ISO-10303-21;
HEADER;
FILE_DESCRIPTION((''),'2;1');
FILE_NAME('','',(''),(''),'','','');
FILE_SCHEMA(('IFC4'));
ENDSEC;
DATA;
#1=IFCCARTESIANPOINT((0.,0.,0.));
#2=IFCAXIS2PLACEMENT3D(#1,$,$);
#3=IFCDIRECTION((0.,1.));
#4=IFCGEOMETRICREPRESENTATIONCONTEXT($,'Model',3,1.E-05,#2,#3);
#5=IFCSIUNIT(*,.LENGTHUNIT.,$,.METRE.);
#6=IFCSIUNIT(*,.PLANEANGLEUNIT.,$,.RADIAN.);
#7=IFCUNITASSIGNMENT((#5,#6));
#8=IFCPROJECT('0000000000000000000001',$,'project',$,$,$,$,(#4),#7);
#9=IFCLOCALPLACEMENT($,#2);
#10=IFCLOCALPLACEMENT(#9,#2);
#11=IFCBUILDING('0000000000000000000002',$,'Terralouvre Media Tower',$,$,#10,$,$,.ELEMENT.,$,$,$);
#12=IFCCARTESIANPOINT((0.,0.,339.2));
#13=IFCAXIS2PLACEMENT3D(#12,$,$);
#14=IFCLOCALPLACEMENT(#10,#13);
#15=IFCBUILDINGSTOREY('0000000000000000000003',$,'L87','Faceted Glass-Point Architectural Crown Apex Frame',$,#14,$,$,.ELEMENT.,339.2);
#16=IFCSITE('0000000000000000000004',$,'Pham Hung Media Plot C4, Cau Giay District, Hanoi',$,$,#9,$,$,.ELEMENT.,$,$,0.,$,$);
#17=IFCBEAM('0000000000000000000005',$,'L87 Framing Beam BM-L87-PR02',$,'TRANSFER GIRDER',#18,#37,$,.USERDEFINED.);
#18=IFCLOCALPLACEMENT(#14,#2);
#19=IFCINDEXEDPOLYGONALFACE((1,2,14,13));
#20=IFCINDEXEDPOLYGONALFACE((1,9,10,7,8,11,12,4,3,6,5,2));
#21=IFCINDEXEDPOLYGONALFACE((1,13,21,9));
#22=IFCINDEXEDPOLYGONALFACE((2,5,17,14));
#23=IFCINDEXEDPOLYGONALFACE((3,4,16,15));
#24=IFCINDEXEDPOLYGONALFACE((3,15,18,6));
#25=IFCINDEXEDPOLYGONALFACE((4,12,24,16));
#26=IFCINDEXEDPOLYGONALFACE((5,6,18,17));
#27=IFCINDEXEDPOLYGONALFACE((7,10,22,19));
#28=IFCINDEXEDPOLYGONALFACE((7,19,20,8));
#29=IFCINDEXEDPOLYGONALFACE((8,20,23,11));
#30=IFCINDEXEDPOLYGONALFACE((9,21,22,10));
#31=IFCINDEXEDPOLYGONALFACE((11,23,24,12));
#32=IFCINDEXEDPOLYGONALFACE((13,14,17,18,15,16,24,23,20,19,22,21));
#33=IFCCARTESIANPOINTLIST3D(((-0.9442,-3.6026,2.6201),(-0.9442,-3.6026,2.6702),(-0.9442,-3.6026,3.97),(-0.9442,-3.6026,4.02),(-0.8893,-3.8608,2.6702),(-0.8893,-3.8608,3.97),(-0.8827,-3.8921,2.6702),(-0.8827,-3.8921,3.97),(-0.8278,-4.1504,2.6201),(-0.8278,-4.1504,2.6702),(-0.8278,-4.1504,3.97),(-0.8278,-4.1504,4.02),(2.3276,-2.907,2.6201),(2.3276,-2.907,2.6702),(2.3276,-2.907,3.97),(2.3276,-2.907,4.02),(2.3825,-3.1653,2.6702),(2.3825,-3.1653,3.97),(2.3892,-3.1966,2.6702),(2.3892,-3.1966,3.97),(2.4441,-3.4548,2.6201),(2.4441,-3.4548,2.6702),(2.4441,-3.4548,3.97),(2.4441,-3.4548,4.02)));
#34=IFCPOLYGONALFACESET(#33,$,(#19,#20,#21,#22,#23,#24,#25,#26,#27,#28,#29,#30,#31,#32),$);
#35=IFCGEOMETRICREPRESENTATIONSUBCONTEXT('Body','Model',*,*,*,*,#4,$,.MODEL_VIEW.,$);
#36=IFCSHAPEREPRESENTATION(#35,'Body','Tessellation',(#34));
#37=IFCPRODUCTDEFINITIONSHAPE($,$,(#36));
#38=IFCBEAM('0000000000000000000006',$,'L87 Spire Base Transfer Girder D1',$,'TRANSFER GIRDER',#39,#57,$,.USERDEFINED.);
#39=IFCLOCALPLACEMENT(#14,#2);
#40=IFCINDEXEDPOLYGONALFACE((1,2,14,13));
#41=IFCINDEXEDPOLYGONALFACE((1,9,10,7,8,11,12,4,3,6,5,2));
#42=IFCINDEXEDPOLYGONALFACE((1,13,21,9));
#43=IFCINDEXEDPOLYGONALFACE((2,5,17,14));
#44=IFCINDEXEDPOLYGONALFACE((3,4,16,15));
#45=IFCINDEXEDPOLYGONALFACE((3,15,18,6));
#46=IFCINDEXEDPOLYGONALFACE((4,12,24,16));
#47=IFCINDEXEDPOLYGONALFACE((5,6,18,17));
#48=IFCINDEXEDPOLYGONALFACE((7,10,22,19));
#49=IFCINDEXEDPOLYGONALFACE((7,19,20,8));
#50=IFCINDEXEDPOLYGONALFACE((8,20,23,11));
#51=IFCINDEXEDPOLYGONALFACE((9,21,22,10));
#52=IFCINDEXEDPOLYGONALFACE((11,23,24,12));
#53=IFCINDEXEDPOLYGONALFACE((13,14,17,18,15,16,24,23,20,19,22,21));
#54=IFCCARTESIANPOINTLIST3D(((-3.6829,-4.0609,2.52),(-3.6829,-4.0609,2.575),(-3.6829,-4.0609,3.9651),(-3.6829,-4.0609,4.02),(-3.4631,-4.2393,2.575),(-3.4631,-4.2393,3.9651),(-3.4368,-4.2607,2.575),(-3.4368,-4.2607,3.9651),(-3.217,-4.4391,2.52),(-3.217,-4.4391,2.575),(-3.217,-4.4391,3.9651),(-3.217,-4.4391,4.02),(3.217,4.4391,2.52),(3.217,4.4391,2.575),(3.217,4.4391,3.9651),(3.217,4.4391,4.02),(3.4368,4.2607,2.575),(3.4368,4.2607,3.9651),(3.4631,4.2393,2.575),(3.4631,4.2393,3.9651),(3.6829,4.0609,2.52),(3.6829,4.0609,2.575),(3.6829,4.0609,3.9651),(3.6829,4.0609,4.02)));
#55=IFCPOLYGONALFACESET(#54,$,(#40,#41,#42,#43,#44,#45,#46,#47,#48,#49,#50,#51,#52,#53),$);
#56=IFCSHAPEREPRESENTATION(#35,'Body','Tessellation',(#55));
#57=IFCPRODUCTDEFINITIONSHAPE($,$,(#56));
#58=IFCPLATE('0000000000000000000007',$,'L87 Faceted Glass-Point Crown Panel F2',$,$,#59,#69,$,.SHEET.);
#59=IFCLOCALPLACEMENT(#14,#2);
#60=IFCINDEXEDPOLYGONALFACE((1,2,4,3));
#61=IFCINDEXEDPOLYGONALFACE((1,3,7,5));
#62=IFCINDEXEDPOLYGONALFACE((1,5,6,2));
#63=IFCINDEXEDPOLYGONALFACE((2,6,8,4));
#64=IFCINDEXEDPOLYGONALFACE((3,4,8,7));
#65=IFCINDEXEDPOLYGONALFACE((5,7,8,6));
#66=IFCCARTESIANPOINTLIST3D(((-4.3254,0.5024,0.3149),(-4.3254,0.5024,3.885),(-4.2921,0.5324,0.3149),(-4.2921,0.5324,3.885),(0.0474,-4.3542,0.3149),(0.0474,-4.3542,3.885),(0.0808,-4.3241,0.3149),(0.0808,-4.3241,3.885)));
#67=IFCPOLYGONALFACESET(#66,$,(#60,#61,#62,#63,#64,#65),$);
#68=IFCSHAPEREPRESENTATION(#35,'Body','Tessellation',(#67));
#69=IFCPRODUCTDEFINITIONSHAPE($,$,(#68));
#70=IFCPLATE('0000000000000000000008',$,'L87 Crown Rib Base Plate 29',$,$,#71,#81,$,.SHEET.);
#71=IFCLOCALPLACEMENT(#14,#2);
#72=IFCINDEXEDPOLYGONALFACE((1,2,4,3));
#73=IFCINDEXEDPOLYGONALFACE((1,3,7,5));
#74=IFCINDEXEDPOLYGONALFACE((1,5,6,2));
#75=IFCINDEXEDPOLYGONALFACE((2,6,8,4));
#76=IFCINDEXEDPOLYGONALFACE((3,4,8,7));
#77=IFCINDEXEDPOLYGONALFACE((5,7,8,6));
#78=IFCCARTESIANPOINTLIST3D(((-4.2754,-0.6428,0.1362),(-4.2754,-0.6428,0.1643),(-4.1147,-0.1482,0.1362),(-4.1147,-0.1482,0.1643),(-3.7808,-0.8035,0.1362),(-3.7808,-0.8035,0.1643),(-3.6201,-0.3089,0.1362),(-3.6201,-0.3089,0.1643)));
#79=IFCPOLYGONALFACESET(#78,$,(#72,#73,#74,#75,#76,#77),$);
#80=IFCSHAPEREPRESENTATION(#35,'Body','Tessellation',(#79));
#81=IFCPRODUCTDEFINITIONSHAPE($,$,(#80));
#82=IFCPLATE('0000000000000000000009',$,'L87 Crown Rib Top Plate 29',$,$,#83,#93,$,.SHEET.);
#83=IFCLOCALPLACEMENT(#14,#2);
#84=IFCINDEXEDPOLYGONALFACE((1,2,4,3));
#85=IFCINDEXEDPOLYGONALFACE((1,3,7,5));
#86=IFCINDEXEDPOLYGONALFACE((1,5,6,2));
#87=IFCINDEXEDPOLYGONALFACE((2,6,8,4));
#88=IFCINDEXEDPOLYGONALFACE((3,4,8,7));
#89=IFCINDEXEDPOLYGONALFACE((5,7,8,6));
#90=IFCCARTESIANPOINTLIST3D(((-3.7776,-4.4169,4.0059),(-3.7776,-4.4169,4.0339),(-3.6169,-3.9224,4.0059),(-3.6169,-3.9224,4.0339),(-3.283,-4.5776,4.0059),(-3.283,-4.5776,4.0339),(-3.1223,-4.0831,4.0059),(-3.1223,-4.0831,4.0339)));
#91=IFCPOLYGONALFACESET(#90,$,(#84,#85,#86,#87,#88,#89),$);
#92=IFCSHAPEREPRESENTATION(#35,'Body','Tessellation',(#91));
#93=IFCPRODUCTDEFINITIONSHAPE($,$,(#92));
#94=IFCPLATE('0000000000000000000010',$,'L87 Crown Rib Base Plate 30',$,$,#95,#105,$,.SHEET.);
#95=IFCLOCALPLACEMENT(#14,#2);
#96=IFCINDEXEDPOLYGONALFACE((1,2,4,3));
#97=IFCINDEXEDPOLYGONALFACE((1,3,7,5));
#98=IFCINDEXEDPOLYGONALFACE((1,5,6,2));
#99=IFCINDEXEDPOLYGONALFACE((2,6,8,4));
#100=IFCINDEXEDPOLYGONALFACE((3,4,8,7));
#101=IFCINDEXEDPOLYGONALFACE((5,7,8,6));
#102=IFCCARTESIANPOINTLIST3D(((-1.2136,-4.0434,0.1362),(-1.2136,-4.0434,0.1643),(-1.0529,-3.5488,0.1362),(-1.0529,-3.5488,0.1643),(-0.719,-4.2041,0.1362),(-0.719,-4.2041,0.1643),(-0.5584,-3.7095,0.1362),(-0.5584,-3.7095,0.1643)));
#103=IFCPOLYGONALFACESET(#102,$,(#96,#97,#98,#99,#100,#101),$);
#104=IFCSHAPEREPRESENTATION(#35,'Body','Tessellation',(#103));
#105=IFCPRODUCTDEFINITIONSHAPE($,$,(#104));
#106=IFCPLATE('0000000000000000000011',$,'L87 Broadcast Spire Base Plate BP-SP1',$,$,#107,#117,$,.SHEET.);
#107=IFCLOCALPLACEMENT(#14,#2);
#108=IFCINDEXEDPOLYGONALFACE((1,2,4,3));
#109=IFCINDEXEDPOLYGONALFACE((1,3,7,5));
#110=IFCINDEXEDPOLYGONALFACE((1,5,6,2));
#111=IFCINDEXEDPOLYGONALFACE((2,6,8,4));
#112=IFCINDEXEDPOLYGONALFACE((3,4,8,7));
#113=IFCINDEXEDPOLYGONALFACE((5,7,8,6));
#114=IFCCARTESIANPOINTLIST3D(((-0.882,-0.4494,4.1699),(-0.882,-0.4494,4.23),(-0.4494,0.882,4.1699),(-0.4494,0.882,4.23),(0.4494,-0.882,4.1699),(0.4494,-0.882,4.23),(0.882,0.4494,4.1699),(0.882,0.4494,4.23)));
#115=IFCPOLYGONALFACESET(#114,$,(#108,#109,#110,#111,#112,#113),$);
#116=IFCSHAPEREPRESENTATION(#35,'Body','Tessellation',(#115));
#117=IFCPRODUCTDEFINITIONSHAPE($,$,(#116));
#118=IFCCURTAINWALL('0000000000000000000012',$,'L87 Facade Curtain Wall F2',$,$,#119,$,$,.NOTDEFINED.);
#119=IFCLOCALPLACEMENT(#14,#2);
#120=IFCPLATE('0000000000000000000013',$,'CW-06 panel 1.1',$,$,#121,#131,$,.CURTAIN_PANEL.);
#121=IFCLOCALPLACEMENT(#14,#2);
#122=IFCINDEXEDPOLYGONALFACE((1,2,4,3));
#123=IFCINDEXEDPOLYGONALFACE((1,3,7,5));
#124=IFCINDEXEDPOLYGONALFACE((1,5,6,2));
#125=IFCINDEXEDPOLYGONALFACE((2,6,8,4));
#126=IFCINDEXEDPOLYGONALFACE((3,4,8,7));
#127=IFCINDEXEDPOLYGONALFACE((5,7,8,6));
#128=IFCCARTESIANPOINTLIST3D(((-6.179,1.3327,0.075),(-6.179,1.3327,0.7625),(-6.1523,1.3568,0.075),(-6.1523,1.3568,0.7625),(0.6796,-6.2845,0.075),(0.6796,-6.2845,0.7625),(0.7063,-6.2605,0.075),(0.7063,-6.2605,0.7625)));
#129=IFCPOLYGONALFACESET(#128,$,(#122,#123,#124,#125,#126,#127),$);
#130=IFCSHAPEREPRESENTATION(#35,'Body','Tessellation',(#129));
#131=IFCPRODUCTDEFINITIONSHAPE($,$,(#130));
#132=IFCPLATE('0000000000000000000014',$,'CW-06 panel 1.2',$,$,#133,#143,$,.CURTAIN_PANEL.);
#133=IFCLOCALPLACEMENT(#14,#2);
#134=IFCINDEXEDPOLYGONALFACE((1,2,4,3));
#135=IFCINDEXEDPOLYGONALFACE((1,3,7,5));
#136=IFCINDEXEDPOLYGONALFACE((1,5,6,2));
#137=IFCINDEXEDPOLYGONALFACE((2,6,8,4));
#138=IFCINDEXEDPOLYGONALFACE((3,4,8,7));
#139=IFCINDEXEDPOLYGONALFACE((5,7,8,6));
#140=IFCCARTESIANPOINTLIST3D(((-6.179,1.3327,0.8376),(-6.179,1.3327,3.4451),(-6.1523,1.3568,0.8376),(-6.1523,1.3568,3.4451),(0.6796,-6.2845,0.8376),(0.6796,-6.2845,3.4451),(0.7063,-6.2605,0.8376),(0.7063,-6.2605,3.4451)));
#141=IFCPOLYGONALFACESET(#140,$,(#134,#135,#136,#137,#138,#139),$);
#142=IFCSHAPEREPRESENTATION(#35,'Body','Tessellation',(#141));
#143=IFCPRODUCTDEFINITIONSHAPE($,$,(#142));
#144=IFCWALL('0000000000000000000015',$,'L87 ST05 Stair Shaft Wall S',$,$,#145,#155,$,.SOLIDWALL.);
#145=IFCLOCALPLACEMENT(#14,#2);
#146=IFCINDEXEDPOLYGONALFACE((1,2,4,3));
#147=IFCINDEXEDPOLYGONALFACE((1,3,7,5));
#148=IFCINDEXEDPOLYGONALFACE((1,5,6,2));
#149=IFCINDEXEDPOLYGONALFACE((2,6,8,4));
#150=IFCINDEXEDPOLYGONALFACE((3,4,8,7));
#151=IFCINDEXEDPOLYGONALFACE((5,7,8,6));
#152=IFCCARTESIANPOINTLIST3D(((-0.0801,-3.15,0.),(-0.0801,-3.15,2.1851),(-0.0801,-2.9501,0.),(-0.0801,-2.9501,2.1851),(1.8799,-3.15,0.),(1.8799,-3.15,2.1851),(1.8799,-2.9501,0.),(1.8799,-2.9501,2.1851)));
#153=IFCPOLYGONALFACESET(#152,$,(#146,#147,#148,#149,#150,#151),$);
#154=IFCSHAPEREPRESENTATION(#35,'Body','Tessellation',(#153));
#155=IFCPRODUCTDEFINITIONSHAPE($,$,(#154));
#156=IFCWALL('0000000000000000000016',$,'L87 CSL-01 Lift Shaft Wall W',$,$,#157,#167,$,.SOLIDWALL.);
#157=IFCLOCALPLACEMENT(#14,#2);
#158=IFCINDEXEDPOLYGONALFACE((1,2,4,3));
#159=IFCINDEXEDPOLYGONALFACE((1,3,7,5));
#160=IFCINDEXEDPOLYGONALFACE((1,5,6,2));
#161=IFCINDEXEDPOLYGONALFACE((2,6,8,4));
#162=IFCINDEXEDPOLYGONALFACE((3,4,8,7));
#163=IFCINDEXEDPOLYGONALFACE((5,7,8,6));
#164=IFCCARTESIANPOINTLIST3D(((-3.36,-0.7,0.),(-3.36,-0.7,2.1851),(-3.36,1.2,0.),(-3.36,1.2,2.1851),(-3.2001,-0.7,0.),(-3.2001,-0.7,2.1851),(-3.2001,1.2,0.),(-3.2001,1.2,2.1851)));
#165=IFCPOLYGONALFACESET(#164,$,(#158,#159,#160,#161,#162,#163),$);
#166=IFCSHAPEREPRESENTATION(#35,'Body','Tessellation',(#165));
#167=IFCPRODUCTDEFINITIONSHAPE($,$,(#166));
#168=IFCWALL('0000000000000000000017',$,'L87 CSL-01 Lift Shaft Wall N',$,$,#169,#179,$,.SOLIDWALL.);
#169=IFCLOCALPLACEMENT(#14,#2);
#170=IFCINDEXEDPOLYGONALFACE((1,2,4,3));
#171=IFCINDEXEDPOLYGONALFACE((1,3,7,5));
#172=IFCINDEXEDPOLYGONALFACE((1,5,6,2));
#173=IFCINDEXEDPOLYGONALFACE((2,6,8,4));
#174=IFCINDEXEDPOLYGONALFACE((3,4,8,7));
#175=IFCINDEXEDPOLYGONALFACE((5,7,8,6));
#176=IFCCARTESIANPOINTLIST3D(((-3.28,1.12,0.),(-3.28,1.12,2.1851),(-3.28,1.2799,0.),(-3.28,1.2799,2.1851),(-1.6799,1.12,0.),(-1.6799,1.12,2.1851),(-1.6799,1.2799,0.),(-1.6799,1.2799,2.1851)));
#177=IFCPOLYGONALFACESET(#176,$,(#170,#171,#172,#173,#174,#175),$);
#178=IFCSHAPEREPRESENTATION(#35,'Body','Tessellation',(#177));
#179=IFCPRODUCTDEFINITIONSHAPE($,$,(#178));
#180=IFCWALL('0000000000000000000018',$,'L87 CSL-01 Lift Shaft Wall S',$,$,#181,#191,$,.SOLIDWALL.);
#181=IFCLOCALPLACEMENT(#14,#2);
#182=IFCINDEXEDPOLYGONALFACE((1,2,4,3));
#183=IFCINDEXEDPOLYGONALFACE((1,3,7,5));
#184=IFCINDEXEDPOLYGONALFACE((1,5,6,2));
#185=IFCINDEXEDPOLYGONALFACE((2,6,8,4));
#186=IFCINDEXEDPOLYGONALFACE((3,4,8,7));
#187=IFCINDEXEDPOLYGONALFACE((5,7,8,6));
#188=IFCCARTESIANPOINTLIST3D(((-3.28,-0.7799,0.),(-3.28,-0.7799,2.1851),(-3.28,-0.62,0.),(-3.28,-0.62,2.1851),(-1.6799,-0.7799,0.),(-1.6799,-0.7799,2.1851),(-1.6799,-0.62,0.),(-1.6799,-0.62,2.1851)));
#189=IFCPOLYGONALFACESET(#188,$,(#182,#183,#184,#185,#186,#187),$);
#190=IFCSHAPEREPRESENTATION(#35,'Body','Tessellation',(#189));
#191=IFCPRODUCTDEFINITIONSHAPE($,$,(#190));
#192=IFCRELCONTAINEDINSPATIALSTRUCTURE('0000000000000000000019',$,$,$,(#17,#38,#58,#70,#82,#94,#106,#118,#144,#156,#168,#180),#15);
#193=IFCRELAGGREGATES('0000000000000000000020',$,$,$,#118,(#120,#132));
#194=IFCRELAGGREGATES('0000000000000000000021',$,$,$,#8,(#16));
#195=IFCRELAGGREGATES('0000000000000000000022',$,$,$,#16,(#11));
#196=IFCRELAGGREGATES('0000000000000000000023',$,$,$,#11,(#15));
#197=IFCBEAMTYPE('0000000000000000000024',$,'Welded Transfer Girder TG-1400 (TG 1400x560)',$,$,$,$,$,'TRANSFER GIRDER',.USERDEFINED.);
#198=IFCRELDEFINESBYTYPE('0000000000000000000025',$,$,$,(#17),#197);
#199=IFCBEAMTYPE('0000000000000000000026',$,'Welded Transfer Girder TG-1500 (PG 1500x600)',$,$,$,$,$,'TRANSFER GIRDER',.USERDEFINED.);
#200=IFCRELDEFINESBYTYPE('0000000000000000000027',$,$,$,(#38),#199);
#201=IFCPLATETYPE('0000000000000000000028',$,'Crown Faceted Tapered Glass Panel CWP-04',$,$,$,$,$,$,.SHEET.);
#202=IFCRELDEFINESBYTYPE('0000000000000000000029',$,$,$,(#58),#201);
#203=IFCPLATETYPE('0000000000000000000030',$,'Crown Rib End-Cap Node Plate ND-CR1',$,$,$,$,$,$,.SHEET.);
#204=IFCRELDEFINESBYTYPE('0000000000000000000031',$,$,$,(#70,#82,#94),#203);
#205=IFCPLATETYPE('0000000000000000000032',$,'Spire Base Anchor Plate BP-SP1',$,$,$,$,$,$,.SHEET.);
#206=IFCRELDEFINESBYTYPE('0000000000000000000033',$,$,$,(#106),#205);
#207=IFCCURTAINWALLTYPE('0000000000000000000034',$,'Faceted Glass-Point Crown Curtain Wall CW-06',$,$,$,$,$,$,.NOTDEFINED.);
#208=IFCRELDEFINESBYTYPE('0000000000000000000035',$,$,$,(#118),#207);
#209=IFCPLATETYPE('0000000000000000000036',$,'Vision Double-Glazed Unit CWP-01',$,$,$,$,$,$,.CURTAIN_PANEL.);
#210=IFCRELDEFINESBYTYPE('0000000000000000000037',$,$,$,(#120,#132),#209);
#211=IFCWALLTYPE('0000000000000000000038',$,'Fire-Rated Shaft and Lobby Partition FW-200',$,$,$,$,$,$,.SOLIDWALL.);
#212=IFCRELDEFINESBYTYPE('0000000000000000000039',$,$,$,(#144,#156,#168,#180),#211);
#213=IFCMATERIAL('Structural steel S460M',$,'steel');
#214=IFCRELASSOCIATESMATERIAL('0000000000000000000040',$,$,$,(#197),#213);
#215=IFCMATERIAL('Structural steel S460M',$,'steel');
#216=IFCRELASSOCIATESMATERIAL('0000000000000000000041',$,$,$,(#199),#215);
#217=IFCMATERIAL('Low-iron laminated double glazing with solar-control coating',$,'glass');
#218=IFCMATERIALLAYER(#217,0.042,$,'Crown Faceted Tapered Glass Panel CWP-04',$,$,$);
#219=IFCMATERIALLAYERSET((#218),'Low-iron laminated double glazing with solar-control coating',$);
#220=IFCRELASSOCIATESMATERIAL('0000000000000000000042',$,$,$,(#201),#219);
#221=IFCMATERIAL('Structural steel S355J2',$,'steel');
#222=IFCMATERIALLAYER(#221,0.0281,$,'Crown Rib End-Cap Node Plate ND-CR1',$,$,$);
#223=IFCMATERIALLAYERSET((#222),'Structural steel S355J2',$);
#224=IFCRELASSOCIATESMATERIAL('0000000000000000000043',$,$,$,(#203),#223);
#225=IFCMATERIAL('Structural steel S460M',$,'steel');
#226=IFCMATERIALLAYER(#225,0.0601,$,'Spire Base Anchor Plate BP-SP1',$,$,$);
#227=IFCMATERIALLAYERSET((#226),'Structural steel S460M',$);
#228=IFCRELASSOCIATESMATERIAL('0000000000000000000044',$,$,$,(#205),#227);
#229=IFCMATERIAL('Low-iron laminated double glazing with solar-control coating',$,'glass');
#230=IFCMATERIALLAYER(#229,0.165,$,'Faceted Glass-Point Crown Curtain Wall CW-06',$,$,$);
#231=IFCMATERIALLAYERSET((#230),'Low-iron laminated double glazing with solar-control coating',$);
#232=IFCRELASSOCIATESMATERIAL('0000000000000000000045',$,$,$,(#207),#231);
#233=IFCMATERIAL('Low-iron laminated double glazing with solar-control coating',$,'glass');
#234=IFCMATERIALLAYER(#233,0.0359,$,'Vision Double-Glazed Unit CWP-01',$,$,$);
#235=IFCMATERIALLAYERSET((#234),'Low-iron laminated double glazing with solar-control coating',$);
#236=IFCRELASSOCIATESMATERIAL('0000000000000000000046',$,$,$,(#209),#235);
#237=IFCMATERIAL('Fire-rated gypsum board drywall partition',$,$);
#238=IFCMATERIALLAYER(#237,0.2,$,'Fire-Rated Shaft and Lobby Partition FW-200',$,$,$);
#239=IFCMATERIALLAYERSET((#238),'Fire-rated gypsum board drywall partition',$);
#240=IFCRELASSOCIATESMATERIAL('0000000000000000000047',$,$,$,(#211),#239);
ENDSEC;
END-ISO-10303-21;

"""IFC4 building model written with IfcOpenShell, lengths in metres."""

from ifc_helpers import new_model, si_unit, direction, frame, frame_2d, origin, origin_2d, place, context, subcontext, project, spatial, rectangle, i_section, extrude, material, layer, layer_set, material_profile, profile_set, type_object, element, aggregate, save


model = new_model("IFC4")

# Units and contexts
model_context = context("Model", 3, precision=1e-05, world=origin(), true_north=direction((0.0, 1.0)))
body_context = subcontext(model_context, "Body", "Model", "MODEL_VIEW")
ifc_project = project(units=[si_unit("LENGTHUNIT", "METRE"), si_unit("PLANEANGLEUNIT", "RADIAN")], contexts=[model_context])

# Site, building, storey
site_placement = place(None, origin())
site = spatial("IfcSite", under=ifc_project, at=site_placement, Name="Pham Hung Media Plot C4, Cau Giay District, Hanoi", CompositionType="ELEMENT", RefElevation=0.0)
building_placement = place(site_placement, origin())
building = spatial("IfcBuilding", under=site, at=building_placement, Name="Terralouvre Media Tower", CompositionType="ELEMENT")
storey_placement = place(building_placement, frame((0.0, 0.0, 339.2)))
storey = spatial("IfcBuildingStorey", under=building, at=storey_placement, Name="L87", Description="Faceted Glass-Point Architectural Crown Apex Frame", CompositionType="ELEMENT", Elevation=339.2)

# Beams
ifc_material_1 = material(Name="Structural steel S460M", Category="steel")
ifc_material_profile_1 = material_profile(ifc_material_1, i_section(OverallWidth=0.5601, OverallDepth=1.3999, WebThickness=0.032, FlangeThickness=0.05, at=origin_2d()), Name="TG 1400x560")
ifc_profile_set_1 = profile_set([ifc_material_profile_1], Name="Structural steel S460M")
beam_type_1 = type_object("IfcBeamType", Name="Welded Transfer Girder TG-1400 (TG 1400x560)", ElementType="TRANSFER GIRDER", PredefinedType="USERDEFINED", material=ifc_profile_set_1)
beam_1_placement = place(storey_placement, frame((-0.886, -3.8765, 3.3201), z_axis=(0.978143, 0.207934, 0.0), x_axis=(-0.207934, 0.978143, 0.0)))
element("IfcBeam", 1, at=beam_1_placement, inside=storey, type_object=beam_type_1, Name="L87 Framing Beam BM-L87-PR02", ObjectType="TRANSFER GIRDER", PredefinedType="USERDEFINED", context=body_context, shape_type="SweptSolid", body=[
    extrude(i_section(OverallWidth=0.5601, OverallDepth=1.3999, WebThickness=0.032, FlangeThickness=0.05, at=origin_2d()), origin(), (0.0, 0.0, 1.0), 3.345),
])
ifc_material_2 = material(Name="Structural steel S460M", Category="steel")
ifc_material_profile_2 = material_profile(ifc_material_2, i_section(OverallWidth=0.6001, OverallDepth=1.5, WebThickness=0.0339, FlangeThickness=0.0549, at=origin_2d()), Name="PG 1500x600")
ifc_profile_set_2 = profile_set([ifc_material_profile_2], Name="Structural steel S460M")
beam_type_2 = type_object("IfcBeamType", Name="Welded Transfer Girder TG-1500 (PG 1500x600)", ElementType="TRANSFER GIRDER", PredefinedType="USERDEFINED", material=ifc_profile_set_2)
beam_2_placement = place(storey_placement, frame((-3.45, -4.25, 3.27), z_axis=(0.630243, 0.776398, 0.0), x_axis=(-0.776398, 0.630243, 0.0)))
element("IfcBeam", 2, at=beam_2_placement, inside=storey, type_object=beam_type_2, Name="L87 Spire Base Transfer Girder D1", ObjectType="TRANSFER GIRDER", PredefinedType="USERDEFINED", context=body_context, shape_type="SweptSolid", body=[
    extrude(i_section(OverallWidth=0.6001, OverallDepth=1.5, WebThickness=0.0339, FlangeThickness=0.0549, at=origin_2d()), origin(), (0.0, 0.0, 1.0), 10.948),
])

# Plate
ifc_material_3 = material(Name="Low-iron laminated double glazing with solar-control coating", Category="glass")
ifc_layer_1 = layer(ifc_material_3, 0.042, Name="Crown Faceted Tapered Glass Panel CWP-04")
ifc_layer_set_1 = layer_set([ifc_layer_1], Name="Low-iron laminated double glazing with solar-control coating")
plate_type_1 = type_object("IfcPlateType", Name="Crown Faceted Tapered Glass Panel CWP-04", PredefinedType="SHEET", material=ifc_layer_set_1)
plate_1_placement = place(storey_placement, frame((-2.1223, -1.9109, 0.3149), z_axis=(0.0, 0.0, 1.0), x_axis=(0.669131, -0.743145, 0.0)))
element("IfcPlate", 3, at=plate_1_placement, inside=storey, type_object=plate_type_1, Name="L87 Faceted Glass-Point Crown Panel F2", PredefinedType="SHEET", context=body_context, shape_type="SweptSolid", body=[
    extrude(rectangle(XDim=6.5352, YDim=0.0449, at=origin_2d()), origin(), (0.0, 0.0, 1.0), 3.5701),
])

# Plates
ifc_material_4 = material(Name="Structural steel S355J2", Category="steel")
ifc_layer_2 = layer(ifc_material_4, 0.0281, Name="Crown Rib End-Cap Node Plate ND-CR1")
ifc_layer_set_2 = layer_set([ifc_layer_2], Name="Structural steel S355J2")
plate_type_2 = type_object("IfcPlateType", Name="Crown Rib End-Cap Node Plate ND-CR1", PredefinedType="SHEET", material=ifc_layer_set_2)
for number, where, z_axis, x_axis, name in (
    (4, (-3.9478, -0.4758, 0.1362), (0.0, 0.0, 1.0), (0.309017, 0.951057, 0.0), "L87 Crown Rib Base Plate 29"),
    (5, (-3.45, -4.25, 4.0059), (0.0, 0.0, 1.0), (0.309017, 0.951057, 0.0), "L87 Crown Rib Top Plate 29"),
    (6, (-0.886, -3.8765, 0.1362), (0.0, 0.0, 1.0), (0.309017, 0.951057, 0.0), "L87 Crown Rib Base Plate 30"),
):
    element("IfcPlate", number, at=place(storey_placement, frame(where, z_axis=z_axis, x_axis=x_axis)), inside=storey, type_object=plate_type_2, Name=name, PredefinedType="SHEET", context=body_context, shape_type="SweptSolid", body=[
        extrude(rectangle(XDim=0.52, YDim=0.52, at=origin_2d()), origin(), (0.0, 0.0, 1.0), 0.0281),
    ])
ifc_material_5 = material(Name="Structural steel S460M", Category="steel")
ifc_layer_3 = layer(ifc_material_5, 0.0601, Name="Spire Base Anchor Plate BP-SP1")
ifc_layer_set_3 = layer_set([ifc_layer_3], Name="Structural steel S460M")
plate_type_3 = type_object("IfcPlateType", Name="Spire Base Anchor Plate BP-SP1", PredefinedType="SHEET", material=ifc_layer_set_3)
plate_2_placement = place(storey_placement, frame((0.0, 0.0, 4.1699), z_axis=(0.0, 0.0, 1.0), x_axis=(0.309017, 0.951057, 0.0)))
element("IfcPlate", 7, at=plate_2_placement, inside=storey, type_object=plate_type_3, Name="L87 Broadcast Spire Base Plate BP-SP1", PredefinedType="SHEET", context=body_context, shape_type="SweptSolid", body=[
    extrude(rectangle(XDim=1.3999, YDim=1.3999, at=origin_2d()), origin(), (0.0, 0.0, 1.0), 0.0601),
])

# Curtain wall, plates
ifc_material_6 = material(Name="Low-iron laminated double glazing with solar-control coating", Category="glass")
ifc_layer_4 = layer(ifc_material_6, 0.165, Name="Faceted Glass-Point Crown Curtain Wall CW-06")
ifc_layer_set_4 = layer_set([ifc_layer_4], Name="Low-iron laminated double glazing with solar-control coating")
curtain_wall_type = type_object("IfcCurtainWallType", Name="Faceted Glass-Point Crown Curtain Wall CW-06", PredefinedType="NOTDEFINED", material=ifc_layer_set_4)
curtain_wall_placement = place(storey_placement, origin())
curtain_wall = element("IfcCurtainWall", 8, at=curtain_wall_placement, inside=storey, type_object=curtain_wall_type, Name="L87 Facade Curtain Wall F2", PredefinedType="NOTDEFINED")
ifc_material_7 = material(Name="Low-iron laminated double glazing with solar-control coating", Category="glass")
ifc_layer_5 = layer(ifc_material_7, 0.0359, Name="Vision Double-Glazed Unit CWP-01")
ifc_layer_set_5 = layer_set([ifc_layer_5], Name="Low-iron laminated double glazing with solar-control coating")
plate_type_4 = type_object("IfcPlateType", Name="Vision Double-Glazed Unit CWP-01", PredefinedType="CURTAIN_PANEL", material=ifc_layer_set_5)
plate_3_placement = place(storey_placement, frame((-2.7363, -2.4639, 0.075), z_axis=(0.0, 0.0, 1.0), x_axis=(0.669131, -0.743145, 0.0)))
plate_3 = element("IfcPlate", 9, at=plate_3_placement, type_object=plate_type_4, Name="CW-06 panel 1.1", PredefinedType="CURTAIN_PANEL", context=body_context, shape_type="SweptSolid", body=[
    extrude(rectangle(XDim=10.25, YDim=0.0359, at=origin_2d()), origin(), (0.0, 0.0, 1.0), 0.6875),
])
plate_4_placement = place(storey_placement, frame((-2.7363, -2.4639, 0.8376), z_axis=(0.0, 0.0, 1.0), x_axis=(0.669131, -0.743145, 0.0)))
plate_4 = element("IfcPlate", 10, at=plate_4_placement, type_object=plate_type_4, Name="CW-06 panel 1.2", PredefinedType="CURTAIN_PANEL", context=body_context, shape_type="SweptSolid", body=[
    extrude(rectangle(XDim=10.25, YDim=0.0359, at=origin_2d()), origin(), (0.0, 0.0, 1.0), 2.6074),
])
aggregate(curtain_wall, [plate_3, plate_4])

# Walls
ifc_material_8 = material(Name="Fire-rated gypsum board drywall partition")
ifc_layer_6 = layer(ifc_material_8, 0.2, Name="Fire-Rated Shaft and Lobby Partition FW-200")
ifc_layer_set_6 = layer_set([ifc_layer_6], Name="Fire-rated gypsum board drywall partition")
wall_type = type_object("IfcWallType", Name="Fire-Rated Shaft and Lobby Partition FW-200", PredefinedType="SOLIDWALL", material=ifc_layer_set_6)
wall_1_placement = place(storey_placement, frame((-0.0801, -3.05, 0.0), z_axis=(0.0, 0.0, 1.0), x_axis=(1.0, 0.0, 0.0)))
element("IfcWall", 11, at=wall_1_placement, inside=storey, type_object=wall_type, Name="L87 ST05 Stair Shaft Wall S", PredefinedType="SOLIDWALL", context=body_context, shape_type="SweptSolid", body=[
    extrude(rectangle(XDim=1.96, YDim=0.2, at=frame_2d((0.98, 0.0))), origin(), (0.0, 0.0, 1.0), 2.1851),
])
wall_2_placement = place(storey_placement, frame((-3.28, -0.7, 0.0), z_axis=(0.0, 0.0, 1.0), x_axis=(0.0, 1.0, 0.0)))
element("IfcWall", 12, at=wall_2_placement, inside=storey, type_object=wall_type, Name="L87 CSL-01 Lift Shaft Wall W", PredefinedType="SOLIDWALL", context=body_context, shape_type="SweptSolid", body=[
    extrude(rectangle(XDim=1.8999, YDim=0.1599, at=frame_2d((0.95, 0.0))), origin(), (0.0, 0.0, 1.0), 2.1851),
])
for number, where, z_axis, x_axis, name in (
    (13, (-3.28, 1.2, 0.0), (0.0, 0.0, 1.0), (1.0, 0.0, 0.0), "L87 CSL-01 Lift Shaft Wall N"),
    (14, (-1.6799, -0.7, 0.0), (0.0, 0.0, 1.0), (-1.0, 0.0, 0.0), "L87 CSL-01 Lift Shaft Wall S"),
):
    element("IfcWall", number, at=place(storey_placement, frame(where, z_axis=z_axis, x_axis=x_axis)), inside=storey, type_object=wall_type, Name=name, PredefinedType="SOLIDWALL", context=body_context, shape_type="SweptSolid", body=[
        extrude(rectangle(XDim=1.6001, YDim=0.1599, at=frame_2d((0.8, 0.0))), origin(), (0.0, 0.0, 1.0), 2.1851),
    ])

save(model, "model.ifc")
